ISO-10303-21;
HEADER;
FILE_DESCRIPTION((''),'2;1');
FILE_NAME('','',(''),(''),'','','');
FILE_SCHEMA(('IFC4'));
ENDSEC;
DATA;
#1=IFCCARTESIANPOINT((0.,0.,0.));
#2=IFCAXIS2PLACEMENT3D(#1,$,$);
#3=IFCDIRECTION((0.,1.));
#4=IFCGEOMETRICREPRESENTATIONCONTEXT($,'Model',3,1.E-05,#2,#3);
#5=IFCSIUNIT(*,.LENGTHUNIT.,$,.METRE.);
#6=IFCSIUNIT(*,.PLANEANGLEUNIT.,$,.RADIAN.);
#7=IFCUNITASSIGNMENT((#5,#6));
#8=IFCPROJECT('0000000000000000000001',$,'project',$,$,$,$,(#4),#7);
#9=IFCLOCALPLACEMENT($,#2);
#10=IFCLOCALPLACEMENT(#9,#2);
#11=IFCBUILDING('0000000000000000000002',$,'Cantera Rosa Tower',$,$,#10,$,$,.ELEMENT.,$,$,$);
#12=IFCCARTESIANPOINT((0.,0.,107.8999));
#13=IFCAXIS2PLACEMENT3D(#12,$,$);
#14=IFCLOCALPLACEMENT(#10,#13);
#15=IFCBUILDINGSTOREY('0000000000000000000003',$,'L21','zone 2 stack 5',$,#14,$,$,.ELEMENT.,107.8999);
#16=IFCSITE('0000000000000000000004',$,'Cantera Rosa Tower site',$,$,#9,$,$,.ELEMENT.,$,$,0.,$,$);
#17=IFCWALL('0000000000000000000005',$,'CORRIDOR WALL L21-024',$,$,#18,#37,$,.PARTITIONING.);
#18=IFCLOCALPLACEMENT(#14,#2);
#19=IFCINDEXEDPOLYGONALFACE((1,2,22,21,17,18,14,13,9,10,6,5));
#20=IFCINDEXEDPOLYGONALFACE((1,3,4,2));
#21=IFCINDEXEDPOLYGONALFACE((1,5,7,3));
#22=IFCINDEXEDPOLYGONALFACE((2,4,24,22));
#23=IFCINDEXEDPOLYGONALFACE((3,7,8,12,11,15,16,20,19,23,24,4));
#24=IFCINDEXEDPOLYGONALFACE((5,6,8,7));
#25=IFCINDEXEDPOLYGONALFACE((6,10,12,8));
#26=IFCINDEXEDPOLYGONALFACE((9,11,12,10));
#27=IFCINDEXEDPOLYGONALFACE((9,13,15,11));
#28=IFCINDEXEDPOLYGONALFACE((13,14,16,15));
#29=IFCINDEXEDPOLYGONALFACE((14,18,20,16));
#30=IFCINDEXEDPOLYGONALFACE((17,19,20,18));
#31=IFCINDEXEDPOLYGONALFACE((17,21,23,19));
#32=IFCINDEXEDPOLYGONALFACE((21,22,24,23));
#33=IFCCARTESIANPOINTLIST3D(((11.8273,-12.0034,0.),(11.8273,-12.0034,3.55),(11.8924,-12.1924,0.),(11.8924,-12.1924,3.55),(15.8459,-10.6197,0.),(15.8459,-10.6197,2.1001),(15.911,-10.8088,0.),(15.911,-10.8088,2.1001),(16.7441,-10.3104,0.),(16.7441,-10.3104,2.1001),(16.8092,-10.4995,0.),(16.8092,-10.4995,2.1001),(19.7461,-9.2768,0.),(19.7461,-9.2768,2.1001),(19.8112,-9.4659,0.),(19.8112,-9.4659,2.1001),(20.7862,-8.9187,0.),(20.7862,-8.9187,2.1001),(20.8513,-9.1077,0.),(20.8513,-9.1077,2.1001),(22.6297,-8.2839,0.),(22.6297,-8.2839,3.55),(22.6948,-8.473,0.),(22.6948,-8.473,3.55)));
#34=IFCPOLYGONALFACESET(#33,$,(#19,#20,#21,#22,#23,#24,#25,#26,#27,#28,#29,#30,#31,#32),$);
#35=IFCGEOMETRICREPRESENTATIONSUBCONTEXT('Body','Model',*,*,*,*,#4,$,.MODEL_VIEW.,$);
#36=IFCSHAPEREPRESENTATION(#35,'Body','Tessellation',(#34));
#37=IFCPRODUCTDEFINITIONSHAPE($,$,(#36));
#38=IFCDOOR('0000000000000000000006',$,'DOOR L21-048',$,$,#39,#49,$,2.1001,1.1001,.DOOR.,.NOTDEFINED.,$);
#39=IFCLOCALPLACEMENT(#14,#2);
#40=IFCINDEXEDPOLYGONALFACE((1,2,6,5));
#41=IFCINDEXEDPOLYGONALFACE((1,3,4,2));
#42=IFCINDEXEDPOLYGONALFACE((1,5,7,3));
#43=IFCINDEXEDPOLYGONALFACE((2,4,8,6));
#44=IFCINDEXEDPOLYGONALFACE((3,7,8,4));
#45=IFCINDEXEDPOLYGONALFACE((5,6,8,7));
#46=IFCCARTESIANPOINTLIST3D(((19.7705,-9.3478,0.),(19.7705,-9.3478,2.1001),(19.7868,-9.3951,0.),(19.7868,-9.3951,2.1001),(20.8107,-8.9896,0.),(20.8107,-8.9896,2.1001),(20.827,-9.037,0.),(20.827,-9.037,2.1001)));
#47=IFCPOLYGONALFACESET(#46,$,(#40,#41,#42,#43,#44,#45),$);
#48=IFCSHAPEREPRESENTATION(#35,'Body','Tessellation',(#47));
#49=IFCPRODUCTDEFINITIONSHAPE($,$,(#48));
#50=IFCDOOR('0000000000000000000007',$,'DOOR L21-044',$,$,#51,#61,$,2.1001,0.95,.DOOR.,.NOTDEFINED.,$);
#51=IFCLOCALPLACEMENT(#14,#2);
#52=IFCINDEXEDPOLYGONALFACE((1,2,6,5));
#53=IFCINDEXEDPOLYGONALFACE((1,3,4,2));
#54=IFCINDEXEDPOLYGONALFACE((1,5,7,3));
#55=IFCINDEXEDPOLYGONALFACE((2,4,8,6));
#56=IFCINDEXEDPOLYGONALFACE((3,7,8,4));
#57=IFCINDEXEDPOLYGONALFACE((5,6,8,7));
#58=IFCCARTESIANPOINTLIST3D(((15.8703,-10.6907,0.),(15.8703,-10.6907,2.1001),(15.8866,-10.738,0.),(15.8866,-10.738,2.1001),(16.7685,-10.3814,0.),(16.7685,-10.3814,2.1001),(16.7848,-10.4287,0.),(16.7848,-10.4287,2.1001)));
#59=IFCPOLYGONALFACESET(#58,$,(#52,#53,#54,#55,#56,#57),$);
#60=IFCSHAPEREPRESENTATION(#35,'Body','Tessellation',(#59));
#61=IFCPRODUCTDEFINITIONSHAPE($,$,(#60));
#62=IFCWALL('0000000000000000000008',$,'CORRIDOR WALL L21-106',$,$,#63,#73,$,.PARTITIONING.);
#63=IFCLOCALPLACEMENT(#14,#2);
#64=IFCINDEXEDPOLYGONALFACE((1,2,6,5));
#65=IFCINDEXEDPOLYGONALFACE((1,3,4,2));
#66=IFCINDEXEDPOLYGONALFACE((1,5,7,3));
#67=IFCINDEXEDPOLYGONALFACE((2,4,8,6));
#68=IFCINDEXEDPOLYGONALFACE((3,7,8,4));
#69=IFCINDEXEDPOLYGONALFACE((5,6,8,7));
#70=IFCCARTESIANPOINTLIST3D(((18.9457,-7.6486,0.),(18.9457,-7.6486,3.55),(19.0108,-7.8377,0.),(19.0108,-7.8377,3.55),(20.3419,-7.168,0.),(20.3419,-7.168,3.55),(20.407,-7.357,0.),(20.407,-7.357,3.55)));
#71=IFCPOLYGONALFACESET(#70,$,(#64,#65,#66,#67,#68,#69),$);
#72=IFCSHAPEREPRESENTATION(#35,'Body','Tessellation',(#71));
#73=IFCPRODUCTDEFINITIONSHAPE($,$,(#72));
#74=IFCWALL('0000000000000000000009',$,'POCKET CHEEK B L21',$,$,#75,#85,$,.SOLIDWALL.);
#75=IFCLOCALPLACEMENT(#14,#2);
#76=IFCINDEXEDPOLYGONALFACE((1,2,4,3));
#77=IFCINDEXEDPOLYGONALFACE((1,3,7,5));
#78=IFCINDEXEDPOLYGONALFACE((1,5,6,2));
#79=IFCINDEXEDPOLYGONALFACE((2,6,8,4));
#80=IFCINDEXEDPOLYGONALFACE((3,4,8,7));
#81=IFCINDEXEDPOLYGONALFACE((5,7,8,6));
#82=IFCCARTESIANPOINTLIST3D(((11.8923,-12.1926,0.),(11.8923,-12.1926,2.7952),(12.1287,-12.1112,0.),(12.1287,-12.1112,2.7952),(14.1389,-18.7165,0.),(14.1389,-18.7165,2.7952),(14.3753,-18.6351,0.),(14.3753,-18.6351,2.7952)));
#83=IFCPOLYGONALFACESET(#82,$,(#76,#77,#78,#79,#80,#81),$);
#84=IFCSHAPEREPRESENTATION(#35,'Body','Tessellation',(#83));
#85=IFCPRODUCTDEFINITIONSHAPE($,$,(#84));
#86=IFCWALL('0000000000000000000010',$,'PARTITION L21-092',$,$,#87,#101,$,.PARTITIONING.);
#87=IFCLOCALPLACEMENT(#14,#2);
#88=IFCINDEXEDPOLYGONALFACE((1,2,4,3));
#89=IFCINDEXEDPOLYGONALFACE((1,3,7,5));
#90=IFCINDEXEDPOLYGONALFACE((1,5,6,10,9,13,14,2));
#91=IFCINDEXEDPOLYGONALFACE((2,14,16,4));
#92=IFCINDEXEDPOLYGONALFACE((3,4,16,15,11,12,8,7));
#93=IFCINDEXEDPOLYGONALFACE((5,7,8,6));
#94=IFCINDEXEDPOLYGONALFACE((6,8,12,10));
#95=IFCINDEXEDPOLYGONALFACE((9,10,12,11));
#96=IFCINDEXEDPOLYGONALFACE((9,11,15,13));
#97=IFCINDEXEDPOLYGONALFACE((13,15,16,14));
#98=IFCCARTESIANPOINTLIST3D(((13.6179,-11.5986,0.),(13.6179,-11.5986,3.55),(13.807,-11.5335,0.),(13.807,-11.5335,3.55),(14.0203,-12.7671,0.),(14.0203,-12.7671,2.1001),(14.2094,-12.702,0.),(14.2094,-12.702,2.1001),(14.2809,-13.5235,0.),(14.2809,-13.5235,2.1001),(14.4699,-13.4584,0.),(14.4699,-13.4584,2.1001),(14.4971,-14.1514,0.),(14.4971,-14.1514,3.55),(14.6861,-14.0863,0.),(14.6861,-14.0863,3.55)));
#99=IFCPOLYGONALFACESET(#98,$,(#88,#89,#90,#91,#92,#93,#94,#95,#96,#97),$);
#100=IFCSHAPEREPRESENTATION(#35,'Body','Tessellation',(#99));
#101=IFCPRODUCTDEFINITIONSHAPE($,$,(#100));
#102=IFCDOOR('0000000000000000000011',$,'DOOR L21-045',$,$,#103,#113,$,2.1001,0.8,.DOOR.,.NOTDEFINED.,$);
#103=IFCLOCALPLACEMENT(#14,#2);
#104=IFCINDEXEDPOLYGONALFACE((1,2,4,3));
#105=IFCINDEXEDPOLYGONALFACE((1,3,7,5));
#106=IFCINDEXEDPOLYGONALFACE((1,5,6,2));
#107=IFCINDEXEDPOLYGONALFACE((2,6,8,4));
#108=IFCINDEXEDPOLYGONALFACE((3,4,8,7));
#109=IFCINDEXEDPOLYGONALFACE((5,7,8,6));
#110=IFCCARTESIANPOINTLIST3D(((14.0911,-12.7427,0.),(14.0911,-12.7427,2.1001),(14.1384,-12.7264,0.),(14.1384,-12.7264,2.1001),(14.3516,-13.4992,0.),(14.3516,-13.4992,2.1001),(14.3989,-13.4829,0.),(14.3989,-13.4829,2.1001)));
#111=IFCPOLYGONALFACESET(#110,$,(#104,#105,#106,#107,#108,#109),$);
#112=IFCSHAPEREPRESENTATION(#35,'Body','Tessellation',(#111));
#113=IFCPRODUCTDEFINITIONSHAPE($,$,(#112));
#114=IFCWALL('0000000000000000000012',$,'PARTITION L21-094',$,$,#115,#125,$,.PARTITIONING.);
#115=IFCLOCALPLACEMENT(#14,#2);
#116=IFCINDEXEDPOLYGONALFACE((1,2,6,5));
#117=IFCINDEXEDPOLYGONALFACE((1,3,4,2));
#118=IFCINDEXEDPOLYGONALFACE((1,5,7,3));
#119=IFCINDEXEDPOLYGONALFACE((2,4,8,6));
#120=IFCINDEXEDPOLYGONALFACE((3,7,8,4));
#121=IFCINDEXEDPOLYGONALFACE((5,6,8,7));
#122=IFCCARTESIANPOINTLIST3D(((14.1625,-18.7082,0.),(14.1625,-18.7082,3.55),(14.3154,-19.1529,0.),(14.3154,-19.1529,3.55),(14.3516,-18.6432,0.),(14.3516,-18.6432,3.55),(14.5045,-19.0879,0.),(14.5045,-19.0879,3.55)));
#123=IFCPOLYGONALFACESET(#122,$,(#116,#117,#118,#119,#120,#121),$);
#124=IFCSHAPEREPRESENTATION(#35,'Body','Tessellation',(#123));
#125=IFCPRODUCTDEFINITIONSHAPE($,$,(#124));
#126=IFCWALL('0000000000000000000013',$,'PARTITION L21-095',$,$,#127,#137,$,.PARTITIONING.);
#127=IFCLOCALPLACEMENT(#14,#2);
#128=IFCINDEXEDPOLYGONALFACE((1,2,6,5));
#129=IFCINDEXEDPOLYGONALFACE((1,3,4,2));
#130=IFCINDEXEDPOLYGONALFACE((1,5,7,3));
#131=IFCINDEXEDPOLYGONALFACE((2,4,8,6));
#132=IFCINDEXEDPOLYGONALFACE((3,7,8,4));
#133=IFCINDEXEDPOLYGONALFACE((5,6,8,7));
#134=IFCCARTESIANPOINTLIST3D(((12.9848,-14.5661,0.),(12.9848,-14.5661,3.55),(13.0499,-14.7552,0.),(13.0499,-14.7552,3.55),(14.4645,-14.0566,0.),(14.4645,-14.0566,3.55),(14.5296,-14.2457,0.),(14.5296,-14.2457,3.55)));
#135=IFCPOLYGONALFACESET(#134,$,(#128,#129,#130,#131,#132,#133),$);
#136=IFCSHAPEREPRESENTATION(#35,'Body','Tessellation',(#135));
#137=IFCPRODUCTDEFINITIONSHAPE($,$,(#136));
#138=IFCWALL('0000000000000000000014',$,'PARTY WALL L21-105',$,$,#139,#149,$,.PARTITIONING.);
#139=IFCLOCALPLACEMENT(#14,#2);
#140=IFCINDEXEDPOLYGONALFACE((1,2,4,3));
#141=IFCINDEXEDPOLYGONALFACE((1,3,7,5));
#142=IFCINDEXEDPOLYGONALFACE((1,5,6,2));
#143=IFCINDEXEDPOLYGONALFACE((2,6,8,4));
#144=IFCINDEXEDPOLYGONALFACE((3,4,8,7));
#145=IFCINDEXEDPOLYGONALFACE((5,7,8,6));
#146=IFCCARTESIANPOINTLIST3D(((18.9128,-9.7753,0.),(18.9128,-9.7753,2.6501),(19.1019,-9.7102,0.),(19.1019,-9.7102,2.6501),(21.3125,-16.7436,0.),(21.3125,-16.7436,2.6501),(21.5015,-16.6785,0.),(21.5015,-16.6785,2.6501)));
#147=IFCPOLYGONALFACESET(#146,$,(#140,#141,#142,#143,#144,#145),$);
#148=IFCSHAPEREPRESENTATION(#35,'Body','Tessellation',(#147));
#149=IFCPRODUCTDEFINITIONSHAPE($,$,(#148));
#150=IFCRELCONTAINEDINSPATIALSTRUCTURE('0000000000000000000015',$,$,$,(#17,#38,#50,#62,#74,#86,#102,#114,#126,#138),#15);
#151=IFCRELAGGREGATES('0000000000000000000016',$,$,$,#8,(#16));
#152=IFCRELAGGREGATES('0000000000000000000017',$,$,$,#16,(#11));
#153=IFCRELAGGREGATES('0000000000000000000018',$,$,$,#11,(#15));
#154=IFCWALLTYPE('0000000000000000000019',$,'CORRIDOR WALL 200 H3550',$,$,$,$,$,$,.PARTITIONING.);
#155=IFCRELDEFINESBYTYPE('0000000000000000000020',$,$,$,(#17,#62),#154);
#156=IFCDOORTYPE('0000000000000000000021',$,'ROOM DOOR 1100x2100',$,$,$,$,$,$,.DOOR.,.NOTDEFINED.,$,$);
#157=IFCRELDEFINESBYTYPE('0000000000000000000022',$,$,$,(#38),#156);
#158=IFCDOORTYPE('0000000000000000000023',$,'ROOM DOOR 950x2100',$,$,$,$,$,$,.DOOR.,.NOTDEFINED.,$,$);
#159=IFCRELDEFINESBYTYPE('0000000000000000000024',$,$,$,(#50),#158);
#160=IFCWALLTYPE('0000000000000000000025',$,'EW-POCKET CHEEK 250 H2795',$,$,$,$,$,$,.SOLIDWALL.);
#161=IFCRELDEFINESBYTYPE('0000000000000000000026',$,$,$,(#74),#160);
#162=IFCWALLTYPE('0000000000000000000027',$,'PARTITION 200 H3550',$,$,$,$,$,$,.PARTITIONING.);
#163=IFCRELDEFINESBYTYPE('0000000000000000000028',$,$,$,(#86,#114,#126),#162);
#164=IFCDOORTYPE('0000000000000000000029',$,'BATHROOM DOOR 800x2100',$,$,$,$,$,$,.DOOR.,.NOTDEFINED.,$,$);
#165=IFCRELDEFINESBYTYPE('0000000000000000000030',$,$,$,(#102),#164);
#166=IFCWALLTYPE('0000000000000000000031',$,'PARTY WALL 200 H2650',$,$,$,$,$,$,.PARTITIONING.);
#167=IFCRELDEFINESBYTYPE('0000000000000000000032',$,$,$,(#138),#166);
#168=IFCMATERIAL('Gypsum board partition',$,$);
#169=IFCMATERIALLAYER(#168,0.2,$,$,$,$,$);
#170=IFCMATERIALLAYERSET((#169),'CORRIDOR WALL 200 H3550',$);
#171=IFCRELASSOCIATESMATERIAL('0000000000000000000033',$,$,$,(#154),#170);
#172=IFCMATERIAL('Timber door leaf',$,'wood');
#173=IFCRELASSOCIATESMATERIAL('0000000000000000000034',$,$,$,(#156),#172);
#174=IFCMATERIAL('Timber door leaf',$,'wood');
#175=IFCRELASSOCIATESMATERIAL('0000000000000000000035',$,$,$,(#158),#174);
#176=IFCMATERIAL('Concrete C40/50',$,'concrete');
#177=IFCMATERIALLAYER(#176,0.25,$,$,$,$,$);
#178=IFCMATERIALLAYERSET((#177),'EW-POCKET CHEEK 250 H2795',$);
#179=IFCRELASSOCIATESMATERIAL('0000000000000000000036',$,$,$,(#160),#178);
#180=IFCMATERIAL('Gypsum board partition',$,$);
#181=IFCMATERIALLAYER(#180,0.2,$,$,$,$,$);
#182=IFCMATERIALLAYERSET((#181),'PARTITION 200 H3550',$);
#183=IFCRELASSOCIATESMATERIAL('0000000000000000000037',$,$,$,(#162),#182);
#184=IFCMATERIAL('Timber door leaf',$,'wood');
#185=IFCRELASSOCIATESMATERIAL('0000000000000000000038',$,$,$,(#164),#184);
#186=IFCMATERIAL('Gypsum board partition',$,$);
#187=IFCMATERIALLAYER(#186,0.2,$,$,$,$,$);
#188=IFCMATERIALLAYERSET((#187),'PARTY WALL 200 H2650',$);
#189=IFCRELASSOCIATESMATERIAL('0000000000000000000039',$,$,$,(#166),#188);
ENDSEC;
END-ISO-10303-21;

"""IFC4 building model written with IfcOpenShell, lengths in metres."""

from ifc_helpers import new_model, si_unit, direction, frame, frame_2d, origin, place, context, subcontext, project, spatial, rectangle, extrude, material, layer, layer_set, type_object, element, fill, save


model = new_model("IFC4")

# Units and contexts
model_context = context("Model", 3, precision=1e-05, world=origin(), true_north=direction((0.0, 1.0)))
body_context = subcontext(model_context, "Body", "Model", "MODEL_VIEW")
ifc_project = project(units=[si_unit("LENGTHUNIT", "METRE"), si_unit("PLANEANGLEUNIT", "RADIAN")], contexts=[model_context])

# Site, building, storey
site_placement = place(None, origin())
site = spatial("IfcSite", under=ifc_project, at=site_placement, Name="Cantera Rosa Tower site", CompositionType="ELEMENT", RefElevation=0.0)
building_placement = place(site_placement, origin())
building = spatial("IfcBuilding", under=site, at=building_placement, Name="Cantera Rosa Tower", CompositionType="ELEMENT")
storey_placement = place(building_placement, frame((0.0, 0.0, 107.8999)))
storey = spatial("IfcBuildingStorey", under=building, at=storey_placement, Name="L21", Description="zone 2 stack 5", CompositionType="ELEMENT", Elevation=107.8999)

# Wall, openings, doors
ifc_material_1 = material(Name="Gypsum board partition")
ifc_layer_1 = layer(ifc_material_1, 0.2)
ifc_layer_set_1 = layer_set([ifc_layer_1], Name="CORRIDOR WALL 200 H3550")
wall_type_1 = type_object("IfcWallType", Name="CORRIDOR WALL 200 H3550", PredefinedType="PARTITIONING", material=ifc_layer_set_1)
wall_1_placement = place(storey_placement, frame((11.8599, -12.0979, 0.0), z_axis=(0.0, 0.0, 1.0), x_axis=(0.945522, 0.325559, 0.0)))
wall_1 = element("IfcWall", 1, at=wall_1_placement, inside=storey, type_object=wall_type_1, Name="CORRIDOR WALL L21-024", PredefinedType="PARTITIONING", context=body_context, shape_type="SweptSolid", body=[
    extrude(rectangle(XDim=11.4248, YDim=0.2, at=frame_2d((5.7124, 0.0))), origin(), (0.0, 0.0, 1.0), 3.55),
])
opening_1_placement = place(wall_1_placement, frame((4.25, 0.0, 0.0)))
opening_1 = element("IfcOpeningElement", 2, at=opening_1_placement, cuts=wall_1, PredefinedType="OPENING", context=body_context, shape_type="SweptSolid", body=[
    extrude(rectangle(XDim=0.95, YDim=2.1001, at=frame_2d((0.4751, 1.05))), frame((0.0, 0.1099, 0.0), z_axis=(0.0, -1.0, 0.0), x_axis=(1.0, 0.0, 0.0)), (0.0, 0.0, 1.0), 0.22),
])
opening_2_placement = place(wall_1_placement, frame((8.375, 0.0, 0.0)))
opening_2 = element("IfcOpeningElement", 3, at=opening_2_placement, cuts=wall_1, PredefinedType="OPENING", context=body_context, shape_type="SweptSolid", body=[
    extrude(rectangle(XDim=1.1001, YDim=2.1001, at=frame_2d((0.55, 1.05))), frame((0.0, 0.1099, 0.0), z_axis=(0.0, -1.0, 0.0), x_axis=(1.0, 0.0, 0.0)), (0.0, 0.0, 1.0), 0.22),
])
ifc_material_2 = material(Name="Timber door leaf", Category="wood")
door_type_1 = type_object("IfcDoorType", Name="ROOM DOOR 1100x2100", OperationType="NOTDEFINED", PredefinedType="DOOR", material=ifc_material_2)
door_1_placement = place(opening_2_placement, origin())
door_1 = element("IfcDoor", 4, at=door_1_placement, inside=storey, type_object=door_type_1, Name="DOOR L21-048", OperationType="NOTDEFINED", OverallHeight=2.1001, OverallWidth=1.1001, PredefinedType="DOOR", context=body_context, shape_type="SweptSolid", body=[
    extrude(rectangle(XDim=1.1001, YDim=2.1001, at=frame_2d((0.55, 1.05))), frame((0.0, 0.0249, 0.0), z_axis=(0.0, -1.0, 0.0), x_axis=(1.0, 0.0, 0.0)), (0.0, 0.0, 1.0), 0.05),
])
fill(opening_2, door_1)
ifc_material_3 = material(Name="Timber door leaf", Category="wood")
door_type_2 = type_object("IfcDoorType", Name="ROOM DOOR 950x2100", OperationType="NOTDEFINED", PredefinedType="DOOR", material=ifc_material_3)
door_2_placement = place(opening_1_placement, origin())
door_2 = element("IfcDoor", 5, at=door_2_placement, inside=storey, type_object=door_type_2, Name="DOOR L21-044", OperationType="NOTDEFINED", OverallHeight=2.1001, OverallWidth=0.95, PredefinedType="DOOR", context=body_context, shape_type="SweptSolid", body=[
    extrude(rectangle(XDim=0.95, YDim=2.1001, at=frame_2d((0.4751, 1.05))), frame((0.0, 0.0249, 0.0), z_axis=(0.0, -1.0, 0.0), x_axis=(1.0, 0.0, 0.0)), (0.0, 0.0, 1.0), 0.05),
])
fill(opening_1, door_2)

# Wall
wall_2_placement = place(storey_placement, frame((18.9783, -7.7432, 0.0), z_axis=(0.0, 0.0, 1.0), x_axis=(0.945529, 0.325537, 0.0)))
element("IfcWall", 6, at=wall_2_placement, inside=storey, type_object=wall_type_1, Name="CORRIDOR WALL L21-106", PredefinedType="PARTITIONING", context=body_context, shape_type="SweptSolid", body=[
    extrude(rectangle(XDim=1.4766, YDim=0.2, at=frame_2d((0.7383, 0.0))), origin(), (0.0, 0.0, 1.0), 3.55),
])

# Wall
ifc_material_4 = material(Name="Concrete C40/50", Category="concrete")
ifc_layer_2 = layer(ifc_material_4, 0.25)
ifc_layer_set_2 = layer_set([ifc_layer_2], Name="EW-POCKET CHEEK 250 H2795")
wall_type_2 = type_object("IfcWallType", Name="EW-POCKET CHEEK 250 H2795", PredefinedType="SOLIDWALL", material=ifc_layer_set_2)
wall_3_placement = place(storey_placement, frame((14.2571, -18.6758, 0.0), z_axis=(0.0, 0.0, 1.0), x_axis=(-0.325596, 0.945509, 0.0)))
element("IfcWall", 7, at=wall_3_placement, inside=storey, type_object=wall_type_2, Name="POCKET CHEEK B L21", PredefinedType="SOLIDWALL", context=body_context, shape_type="SweptSolid", body=[
    extrude(rectangle(XDim=6.8999, YDim=0.25, at=frame_2d((3.45, 0.0))), origin(), (0.0, 0.0, 1.0), 2.7952),
])

# Wall, opening, door
ifc_material_5 = material(Name="Gypsum board partition")
ifc_layer_3 = layer(ifc_material_5, 0.2)
ifc_layer_set_3 = layer_set([ifc_layer_3], Name="PARTITION 200 H3550")
wall_type_3 = type_object("IfcWallType", Name="PARTITION 200 H3550", PredefinedType="PARTITIONING", material=ifc_layer_set_3)
wall_4_placement = place(storey_placement, frame((13.7124, -11.5659, 0.0), z_axis=(0.0, 0.0, 1.0), x_axis=(0.325626, -0.945499, 0.0)))
wall_4 = element("IfcWall", 8, at=wall_4_placement, inside=storey, type_object=wall_type_3, Name="PARTITION L21-092", PredefinedType="PARTITIONING", context=body_context, shape_type="SweptSolid", body=[
    extrude(rectangle(XDim=2.7, YDim=0.2, at=frame_2d((1.3501, 0.0))), origin(), (0.0, 0.0, 1.0), 3.55),
])
opening_3_placement = place(wall_4_placement, frame((1.2361, 0.0, 0.0)))
opening_3 = element("IfcOpeningElement", 9, at=opening_3_placement, cuts=wall_4, PredefinedType="OPENING", context=body_context, shape_type="SweptSolid", body=[
    extrude(rectangle(XDim=0.8, YDim=2.1001, at=frame_2d((0.3999, 1.05))), frame((0.0, 0.1099, 0.0), z_axis=(0.0, -1.0, 0.0), x_axis=(1.0, 0.0, 0.0)), (0.0, 0.0, 1.0), 0.22),
])
ifc_material_6 = material(Name="Timber door leaf", Category="wood")
door_type_3 = type_object("IfcDoorType", Name="BATHROOM DOOR 800x2100", OperationType="NOTDEFINED", PredefinedType="DOOR", material=ifc_material_6)
door_3_placement = place(opening_3_placement, origin())
door_3 = element("IfcDoor", 10, at=door_3_placement, inside=storey, type_object=door_type_3, Name="DOOR L21-045", OperationType="NOTDEFINED", OverallHeight=2.1001, OverallWidth=0.8, PredefinedType="DOOR", context=body_context, shape_type="SweptSolid", body=[
    extrude(rectangle(XDim=0.8, YDim=2.1001, at=frame_2d((0.3999, 1.05))), frame((0.0, 0.0249, 0.0), z_axis=(0.0, -1.0, 0.0), x_axis=(1.0, 0.0, 0.0)), (0.0, 0.0, 1.0), 0.05),
])
fill(opening_3, door_3)

# Walls
wall_5_placement = place(storey_placement, frame((14.4099, -19.1204, 0.0), z_axis=(0.0, 0.0, 1.0), x_axis=(-0.325094, 0.945682, 0.0)))
element("IfcWall", 11, at=wall_5_placement, inside=storey, type_object=wall_type_3, Name="PARTITION L21-094", PredefinedType="PARTITIONING", context=body_context, shape_type="SweptSolid", body=[
    extrude(rectangle(XDim=0.4702, YDim=0.2, at=frame_2d((0.2351, 0.0))), origin(), (0.0, 0.0, 1.0), 3.55),
])
wall_6_placement = place(storey_placement, frame((14.4971, -14.1511, 0.0), z_axis=(0.0, 0.0, 1.0), x_axis=(-0.945517, -0.325572, 0.0)))
element("IfcWall", 12, at=wall_6_placement, inside=storey, type_object=wall_type_3, Name="PARTITION L21-095", PredefinedType="PARTITIONING", context=body_context, shape_type="SweptSolid", body=[
    extrude(rectangle(XDim=1.5649, YDim=0.2, at=frame_2d((0.7825, 0.0))), origin(), (0.0, 0.0, 1.0), 3.55),
])
ifc_material_7 = material(Name="Gypsum board partition")
ifc_layer_4 = layer(ifc_material_7, 0.2)
ifc_layer_set_4 = layer_set([ifc_layer_4], Name="PARTY WALL 200 H2650")
wall_type_4 = type_object("IfcWallType", Name="PARTY WALL 200 H2650", PredefinedType="PARTITIONING", material=ifc_layer_set_4)
wall_7_placement = place(storey_placement, frame((19.0073, -9.7427, 0.0), z_axis=(0.0, 0.0, 1.0), x_axis=(0.325604, -0.945506, 0.0)))
element("IfcWall", 13, at=wall_7_placement, inside=storey, type_object=wall_type_4, Name="PARTY WALL L21-105", PredefinedType="PARTITIONING", context=body_context, shape_type="SweptSolid", body=[
    extrude(rectangle(XDim=7.3699, YDim=0.2, at=frame_2d((3.6851, 0.0))), origin(), (0.0, 0.0, 1.0), 2.6501),
])

save(model, "model.ifc")
